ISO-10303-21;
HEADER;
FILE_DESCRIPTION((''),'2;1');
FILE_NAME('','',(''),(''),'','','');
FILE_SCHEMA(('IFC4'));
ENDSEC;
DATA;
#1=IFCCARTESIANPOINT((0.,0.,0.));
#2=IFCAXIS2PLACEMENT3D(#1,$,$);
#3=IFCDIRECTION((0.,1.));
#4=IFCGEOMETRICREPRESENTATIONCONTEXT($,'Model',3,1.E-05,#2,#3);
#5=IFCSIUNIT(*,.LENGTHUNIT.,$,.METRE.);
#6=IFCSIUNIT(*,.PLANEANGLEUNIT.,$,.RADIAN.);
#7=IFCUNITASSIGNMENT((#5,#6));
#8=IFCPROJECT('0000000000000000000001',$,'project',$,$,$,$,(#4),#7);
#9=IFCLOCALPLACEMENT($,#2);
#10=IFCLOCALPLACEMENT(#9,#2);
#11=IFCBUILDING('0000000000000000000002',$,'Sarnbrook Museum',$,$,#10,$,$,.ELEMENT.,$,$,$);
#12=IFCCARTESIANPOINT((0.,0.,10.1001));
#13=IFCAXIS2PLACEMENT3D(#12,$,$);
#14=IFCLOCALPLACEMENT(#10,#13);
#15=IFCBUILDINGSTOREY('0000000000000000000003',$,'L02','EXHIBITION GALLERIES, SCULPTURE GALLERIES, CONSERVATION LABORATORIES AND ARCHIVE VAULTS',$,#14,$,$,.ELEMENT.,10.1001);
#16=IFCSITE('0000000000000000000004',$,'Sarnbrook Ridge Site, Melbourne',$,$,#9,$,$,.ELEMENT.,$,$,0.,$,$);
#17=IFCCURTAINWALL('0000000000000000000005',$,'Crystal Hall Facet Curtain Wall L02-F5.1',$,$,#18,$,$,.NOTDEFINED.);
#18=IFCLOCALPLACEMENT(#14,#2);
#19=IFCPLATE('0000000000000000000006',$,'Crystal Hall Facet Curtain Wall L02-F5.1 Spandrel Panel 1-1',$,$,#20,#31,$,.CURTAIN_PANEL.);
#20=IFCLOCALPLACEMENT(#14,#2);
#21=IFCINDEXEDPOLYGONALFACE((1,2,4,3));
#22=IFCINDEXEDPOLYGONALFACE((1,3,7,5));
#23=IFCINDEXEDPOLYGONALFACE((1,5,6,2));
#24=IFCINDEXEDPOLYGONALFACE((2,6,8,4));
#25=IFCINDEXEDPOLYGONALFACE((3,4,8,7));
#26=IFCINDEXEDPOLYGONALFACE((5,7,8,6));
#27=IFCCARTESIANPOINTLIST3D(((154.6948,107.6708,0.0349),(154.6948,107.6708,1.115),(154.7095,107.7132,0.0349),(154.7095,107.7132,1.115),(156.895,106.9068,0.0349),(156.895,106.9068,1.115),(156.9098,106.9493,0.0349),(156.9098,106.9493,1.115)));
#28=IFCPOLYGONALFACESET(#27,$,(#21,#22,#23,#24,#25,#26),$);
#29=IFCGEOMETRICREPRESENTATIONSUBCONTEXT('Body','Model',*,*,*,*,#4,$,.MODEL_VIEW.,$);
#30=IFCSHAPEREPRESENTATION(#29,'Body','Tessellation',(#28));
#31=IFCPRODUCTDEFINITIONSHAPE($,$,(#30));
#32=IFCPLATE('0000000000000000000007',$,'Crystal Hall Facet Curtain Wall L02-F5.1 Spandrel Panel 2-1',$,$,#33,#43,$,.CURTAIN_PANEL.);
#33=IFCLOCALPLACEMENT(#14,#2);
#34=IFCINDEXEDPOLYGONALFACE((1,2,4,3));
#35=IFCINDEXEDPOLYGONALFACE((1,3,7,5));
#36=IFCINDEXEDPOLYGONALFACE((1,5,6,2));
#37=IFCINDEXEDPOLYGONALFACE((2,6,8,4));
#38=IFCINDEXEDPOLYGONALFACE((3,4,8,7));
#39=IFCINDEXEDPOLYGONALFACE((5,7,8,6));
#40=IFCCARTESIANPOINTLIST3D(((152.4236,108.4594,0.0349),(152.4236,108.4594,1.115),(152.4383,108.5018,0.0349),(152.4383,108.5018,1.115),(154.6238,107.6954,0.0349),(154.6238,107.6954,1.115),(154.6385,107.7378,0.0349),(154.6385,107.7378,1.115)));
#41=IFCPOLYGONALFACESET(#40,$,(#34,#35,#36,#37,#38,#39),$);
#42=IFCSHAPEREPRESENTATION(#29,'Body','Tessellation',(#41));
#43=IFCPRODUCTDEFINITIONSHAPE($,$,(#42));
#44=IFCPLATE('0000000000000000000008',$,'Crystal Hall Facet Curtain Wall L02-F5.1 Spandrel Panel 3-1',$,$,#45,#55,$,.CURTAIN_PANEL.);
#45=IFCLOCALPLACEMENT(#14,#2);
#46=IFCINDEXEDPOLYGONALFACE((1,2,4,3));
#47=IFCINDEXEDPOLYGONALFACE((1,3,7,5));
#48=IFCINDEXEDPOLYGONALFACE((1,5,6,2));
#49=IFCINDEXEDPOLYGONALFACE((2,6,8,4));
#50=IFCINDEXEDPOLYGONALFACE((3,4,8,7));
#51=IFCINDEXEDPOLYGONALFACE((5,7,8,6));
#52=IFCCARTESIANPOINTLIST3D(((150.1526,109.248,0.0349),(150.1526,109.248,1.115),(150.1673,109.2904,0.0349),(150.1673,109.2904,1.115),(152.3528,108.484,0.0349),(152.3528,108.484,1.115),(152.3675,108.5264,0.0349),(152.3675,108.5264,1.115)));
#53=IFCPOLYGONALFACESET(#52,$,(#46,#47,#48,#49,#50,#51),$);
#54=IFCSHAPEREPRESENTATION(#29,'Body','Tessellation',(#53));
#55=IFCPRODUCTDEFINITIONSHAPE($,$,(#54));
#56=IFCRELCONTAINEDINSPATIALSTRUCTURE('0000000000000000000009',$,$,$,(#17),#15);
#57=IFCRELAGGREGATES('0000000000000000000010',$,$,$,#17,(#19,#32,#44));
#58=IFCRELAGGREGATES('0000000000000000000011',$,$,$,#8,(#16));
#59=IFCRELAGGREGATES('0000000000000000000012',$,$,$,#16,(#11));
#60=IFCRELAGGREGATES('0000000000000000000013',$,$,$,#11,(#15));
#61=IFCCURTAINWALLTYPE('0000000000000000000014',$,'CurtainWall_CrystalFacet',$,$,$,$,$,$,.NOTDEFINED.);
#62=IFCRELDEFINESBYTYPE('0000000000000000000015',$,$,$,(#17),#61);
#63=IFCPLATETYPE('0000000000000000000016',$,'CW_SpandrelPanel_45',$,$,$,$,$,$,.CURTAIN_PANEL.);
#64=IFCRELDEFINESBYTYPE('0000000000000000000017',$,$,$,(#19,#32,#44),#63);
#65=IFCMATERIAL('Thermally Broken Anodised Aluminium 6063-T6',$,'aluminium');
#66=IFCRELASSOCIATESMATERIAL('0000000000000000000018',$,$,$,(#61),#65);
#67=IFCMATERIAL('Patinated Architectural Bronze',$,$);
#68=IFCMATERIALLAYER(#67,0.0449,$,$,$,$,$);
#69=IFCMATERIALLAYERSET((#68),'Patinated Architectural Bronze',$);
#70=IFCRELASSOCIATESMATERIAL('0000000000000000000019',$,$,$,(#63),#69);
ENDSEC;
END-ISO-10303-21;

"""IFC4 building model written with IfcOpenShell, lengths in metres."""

from ifc_helpers import new_model, si_unit, direction, frame, origin, origin_2d, place, context, subcontext, project, spatial, rectangle, extrude, material, layer, layer_set, type_object, element, aggregate, save


model = new_model("IFC4")

# Units and contexts
model_context = context("Model", 3, precision=1e-05, world=origin(), true_north=direction((0.0, 1.0)))
body_context = subcontext(model_context, "Body", "Model", "MODEL_VIEW")
ifc_project = project(units=[si_unit("LENGTHUNIT", "METRE"), si_unit("PLANEANGLEUNIT", "RADIAN")], contexts=[model_context])

# Site, building, storey
site_placement = place(None, origin())
site = spatial("IfcSite", under=ifc_project, at=site_placement, Name="Sarnbrook Ridge Site, Melbourne", CompositionType="ELEMENT", RefElevation=0.0)
building_placement = place(site_placement, origin())
building = spatial("IfcBuilding", under=site, at=building_placement, Name="Sarnbrook Museum", CompositionType="ELEMENT")
storey_placement = place(building_placement, frame((0.0, 0.0, 10.1001)))
storey = spatial("IfcBuildingStorey", under=building, at=storey_placement, Name="L02", Description="EXHIBITION GALLERIES, SCULPTURE GALLERIES, CONSERVATION LABORATORIES AND ARCHIVE VAULTS", CompositionType="ELEMENT", Elevation=10.1001)

# Curtain wall
ifc_material_1 = material(Name="Thermally Broken Anodised Aluminium 6063-T6", Category="aluminium")
curtain_wall_type = type_object("IfcCurtainWallType", Name="CurtainWall_CrystalFacet", PredefinedType="NOTDEFINED", material=ifc_material_1)
curtain_wall_1_placement = place(storey_placement, origin())
curtain_wall_1 = element("IfcCurtainWall", 1, at=curtain_wall_1_placement, inside=storey, type_object=curtain_wall_type, Name="Crystal Hall Facet Curtain Wall L02-F5.1", PredefinedType="NOTDEFINED")

# Plates
ifc_material_2 = material(Name="Patinated Architectural Bronze")
ifc_layer_1 = layer(ifc_material_2, 0.0449)
ifc_layer_set_1 = layer_set([ifc_layer_1], Name="Patinated Architectural Bronze")
plate_type_1 = type_object("IfcPlateType", Name="CW_SpandrelPanel_45", PredefinedType="CURTAIN_PANEL", material=ifc_layer_set_1)
plate_1_placement = place(storey_placement, frame((155.7949, 107.2888, 0.575), z_axis=(0.328013, 0.944673, 0.0), x_axis=(-0.944673, 0.328013, 0.0)))
plate_1 = element("IfcPlate", 2, at=plate_1_placement, type_object=plate_type_1, Name="Crystal Hall Facet Curtain Wall L02-F5.1 Spandrel Panel 1-1", PredefinedType="CURTAIN_PANEL", context=body_context, shape_type="SweptSolid", body=[
    extrude(rectangle(XDim=2.3291, YDim=1.0801, at=origin_2d()), origin(), (0.0, 0.0, 1.0), 0.0449),
])
plate_2_placement = place(storey_placement, frame((153.5237, 108.0774, 0.575), z_axis=(0.328013, 0.944673, 0.0), x_axis=(-0.944673, 0.328013, 0.0)))
plate_2 = element("IfcPlate", 3, at=plate_2_placement, type_object=plate_type_1, Name="Crystal Hall Facet Curtain Wall L02-F5.1 Spandrel Panel 2-1", PredefinedType="CURTAIN_PANEL", context=body_context, shape_type="SweptSolid", body=[
    extrude(rectangle(XDim=2.3291, YDim=1.0801, at=origin_2d()), origin(), (0.0, 0.0, 1.0), 0.0449),
])
plate_3_placement = place(storey_placement, frame((151.2527, 108.866, 0.575), z_axis=(0.328013, 0.944673, 0.0), x_axis=(-0.944673, 0.328013, 0.0)))
plate_3 = element("IfcPlate", 4, at=plate_3_placement, type_object=plate_type_1, Name="Crystal Hall Facet Curtain Wall L02-F5.1 Spandrel Panel 3-1", PredefinedType="CURTAIN_PANEL", context=body_context, shape_type="SweptSolid", body=[
    extrude(rectangle(XDim=2.3291, YDim=1.0801, at=origin_2d()), origin(), (0.0, 0.0, 1.0), 0.0449),
])
aggregate(curtain_wall_1, [plate_1, plate_2, plate_3])

save(model, "model.ifc")
